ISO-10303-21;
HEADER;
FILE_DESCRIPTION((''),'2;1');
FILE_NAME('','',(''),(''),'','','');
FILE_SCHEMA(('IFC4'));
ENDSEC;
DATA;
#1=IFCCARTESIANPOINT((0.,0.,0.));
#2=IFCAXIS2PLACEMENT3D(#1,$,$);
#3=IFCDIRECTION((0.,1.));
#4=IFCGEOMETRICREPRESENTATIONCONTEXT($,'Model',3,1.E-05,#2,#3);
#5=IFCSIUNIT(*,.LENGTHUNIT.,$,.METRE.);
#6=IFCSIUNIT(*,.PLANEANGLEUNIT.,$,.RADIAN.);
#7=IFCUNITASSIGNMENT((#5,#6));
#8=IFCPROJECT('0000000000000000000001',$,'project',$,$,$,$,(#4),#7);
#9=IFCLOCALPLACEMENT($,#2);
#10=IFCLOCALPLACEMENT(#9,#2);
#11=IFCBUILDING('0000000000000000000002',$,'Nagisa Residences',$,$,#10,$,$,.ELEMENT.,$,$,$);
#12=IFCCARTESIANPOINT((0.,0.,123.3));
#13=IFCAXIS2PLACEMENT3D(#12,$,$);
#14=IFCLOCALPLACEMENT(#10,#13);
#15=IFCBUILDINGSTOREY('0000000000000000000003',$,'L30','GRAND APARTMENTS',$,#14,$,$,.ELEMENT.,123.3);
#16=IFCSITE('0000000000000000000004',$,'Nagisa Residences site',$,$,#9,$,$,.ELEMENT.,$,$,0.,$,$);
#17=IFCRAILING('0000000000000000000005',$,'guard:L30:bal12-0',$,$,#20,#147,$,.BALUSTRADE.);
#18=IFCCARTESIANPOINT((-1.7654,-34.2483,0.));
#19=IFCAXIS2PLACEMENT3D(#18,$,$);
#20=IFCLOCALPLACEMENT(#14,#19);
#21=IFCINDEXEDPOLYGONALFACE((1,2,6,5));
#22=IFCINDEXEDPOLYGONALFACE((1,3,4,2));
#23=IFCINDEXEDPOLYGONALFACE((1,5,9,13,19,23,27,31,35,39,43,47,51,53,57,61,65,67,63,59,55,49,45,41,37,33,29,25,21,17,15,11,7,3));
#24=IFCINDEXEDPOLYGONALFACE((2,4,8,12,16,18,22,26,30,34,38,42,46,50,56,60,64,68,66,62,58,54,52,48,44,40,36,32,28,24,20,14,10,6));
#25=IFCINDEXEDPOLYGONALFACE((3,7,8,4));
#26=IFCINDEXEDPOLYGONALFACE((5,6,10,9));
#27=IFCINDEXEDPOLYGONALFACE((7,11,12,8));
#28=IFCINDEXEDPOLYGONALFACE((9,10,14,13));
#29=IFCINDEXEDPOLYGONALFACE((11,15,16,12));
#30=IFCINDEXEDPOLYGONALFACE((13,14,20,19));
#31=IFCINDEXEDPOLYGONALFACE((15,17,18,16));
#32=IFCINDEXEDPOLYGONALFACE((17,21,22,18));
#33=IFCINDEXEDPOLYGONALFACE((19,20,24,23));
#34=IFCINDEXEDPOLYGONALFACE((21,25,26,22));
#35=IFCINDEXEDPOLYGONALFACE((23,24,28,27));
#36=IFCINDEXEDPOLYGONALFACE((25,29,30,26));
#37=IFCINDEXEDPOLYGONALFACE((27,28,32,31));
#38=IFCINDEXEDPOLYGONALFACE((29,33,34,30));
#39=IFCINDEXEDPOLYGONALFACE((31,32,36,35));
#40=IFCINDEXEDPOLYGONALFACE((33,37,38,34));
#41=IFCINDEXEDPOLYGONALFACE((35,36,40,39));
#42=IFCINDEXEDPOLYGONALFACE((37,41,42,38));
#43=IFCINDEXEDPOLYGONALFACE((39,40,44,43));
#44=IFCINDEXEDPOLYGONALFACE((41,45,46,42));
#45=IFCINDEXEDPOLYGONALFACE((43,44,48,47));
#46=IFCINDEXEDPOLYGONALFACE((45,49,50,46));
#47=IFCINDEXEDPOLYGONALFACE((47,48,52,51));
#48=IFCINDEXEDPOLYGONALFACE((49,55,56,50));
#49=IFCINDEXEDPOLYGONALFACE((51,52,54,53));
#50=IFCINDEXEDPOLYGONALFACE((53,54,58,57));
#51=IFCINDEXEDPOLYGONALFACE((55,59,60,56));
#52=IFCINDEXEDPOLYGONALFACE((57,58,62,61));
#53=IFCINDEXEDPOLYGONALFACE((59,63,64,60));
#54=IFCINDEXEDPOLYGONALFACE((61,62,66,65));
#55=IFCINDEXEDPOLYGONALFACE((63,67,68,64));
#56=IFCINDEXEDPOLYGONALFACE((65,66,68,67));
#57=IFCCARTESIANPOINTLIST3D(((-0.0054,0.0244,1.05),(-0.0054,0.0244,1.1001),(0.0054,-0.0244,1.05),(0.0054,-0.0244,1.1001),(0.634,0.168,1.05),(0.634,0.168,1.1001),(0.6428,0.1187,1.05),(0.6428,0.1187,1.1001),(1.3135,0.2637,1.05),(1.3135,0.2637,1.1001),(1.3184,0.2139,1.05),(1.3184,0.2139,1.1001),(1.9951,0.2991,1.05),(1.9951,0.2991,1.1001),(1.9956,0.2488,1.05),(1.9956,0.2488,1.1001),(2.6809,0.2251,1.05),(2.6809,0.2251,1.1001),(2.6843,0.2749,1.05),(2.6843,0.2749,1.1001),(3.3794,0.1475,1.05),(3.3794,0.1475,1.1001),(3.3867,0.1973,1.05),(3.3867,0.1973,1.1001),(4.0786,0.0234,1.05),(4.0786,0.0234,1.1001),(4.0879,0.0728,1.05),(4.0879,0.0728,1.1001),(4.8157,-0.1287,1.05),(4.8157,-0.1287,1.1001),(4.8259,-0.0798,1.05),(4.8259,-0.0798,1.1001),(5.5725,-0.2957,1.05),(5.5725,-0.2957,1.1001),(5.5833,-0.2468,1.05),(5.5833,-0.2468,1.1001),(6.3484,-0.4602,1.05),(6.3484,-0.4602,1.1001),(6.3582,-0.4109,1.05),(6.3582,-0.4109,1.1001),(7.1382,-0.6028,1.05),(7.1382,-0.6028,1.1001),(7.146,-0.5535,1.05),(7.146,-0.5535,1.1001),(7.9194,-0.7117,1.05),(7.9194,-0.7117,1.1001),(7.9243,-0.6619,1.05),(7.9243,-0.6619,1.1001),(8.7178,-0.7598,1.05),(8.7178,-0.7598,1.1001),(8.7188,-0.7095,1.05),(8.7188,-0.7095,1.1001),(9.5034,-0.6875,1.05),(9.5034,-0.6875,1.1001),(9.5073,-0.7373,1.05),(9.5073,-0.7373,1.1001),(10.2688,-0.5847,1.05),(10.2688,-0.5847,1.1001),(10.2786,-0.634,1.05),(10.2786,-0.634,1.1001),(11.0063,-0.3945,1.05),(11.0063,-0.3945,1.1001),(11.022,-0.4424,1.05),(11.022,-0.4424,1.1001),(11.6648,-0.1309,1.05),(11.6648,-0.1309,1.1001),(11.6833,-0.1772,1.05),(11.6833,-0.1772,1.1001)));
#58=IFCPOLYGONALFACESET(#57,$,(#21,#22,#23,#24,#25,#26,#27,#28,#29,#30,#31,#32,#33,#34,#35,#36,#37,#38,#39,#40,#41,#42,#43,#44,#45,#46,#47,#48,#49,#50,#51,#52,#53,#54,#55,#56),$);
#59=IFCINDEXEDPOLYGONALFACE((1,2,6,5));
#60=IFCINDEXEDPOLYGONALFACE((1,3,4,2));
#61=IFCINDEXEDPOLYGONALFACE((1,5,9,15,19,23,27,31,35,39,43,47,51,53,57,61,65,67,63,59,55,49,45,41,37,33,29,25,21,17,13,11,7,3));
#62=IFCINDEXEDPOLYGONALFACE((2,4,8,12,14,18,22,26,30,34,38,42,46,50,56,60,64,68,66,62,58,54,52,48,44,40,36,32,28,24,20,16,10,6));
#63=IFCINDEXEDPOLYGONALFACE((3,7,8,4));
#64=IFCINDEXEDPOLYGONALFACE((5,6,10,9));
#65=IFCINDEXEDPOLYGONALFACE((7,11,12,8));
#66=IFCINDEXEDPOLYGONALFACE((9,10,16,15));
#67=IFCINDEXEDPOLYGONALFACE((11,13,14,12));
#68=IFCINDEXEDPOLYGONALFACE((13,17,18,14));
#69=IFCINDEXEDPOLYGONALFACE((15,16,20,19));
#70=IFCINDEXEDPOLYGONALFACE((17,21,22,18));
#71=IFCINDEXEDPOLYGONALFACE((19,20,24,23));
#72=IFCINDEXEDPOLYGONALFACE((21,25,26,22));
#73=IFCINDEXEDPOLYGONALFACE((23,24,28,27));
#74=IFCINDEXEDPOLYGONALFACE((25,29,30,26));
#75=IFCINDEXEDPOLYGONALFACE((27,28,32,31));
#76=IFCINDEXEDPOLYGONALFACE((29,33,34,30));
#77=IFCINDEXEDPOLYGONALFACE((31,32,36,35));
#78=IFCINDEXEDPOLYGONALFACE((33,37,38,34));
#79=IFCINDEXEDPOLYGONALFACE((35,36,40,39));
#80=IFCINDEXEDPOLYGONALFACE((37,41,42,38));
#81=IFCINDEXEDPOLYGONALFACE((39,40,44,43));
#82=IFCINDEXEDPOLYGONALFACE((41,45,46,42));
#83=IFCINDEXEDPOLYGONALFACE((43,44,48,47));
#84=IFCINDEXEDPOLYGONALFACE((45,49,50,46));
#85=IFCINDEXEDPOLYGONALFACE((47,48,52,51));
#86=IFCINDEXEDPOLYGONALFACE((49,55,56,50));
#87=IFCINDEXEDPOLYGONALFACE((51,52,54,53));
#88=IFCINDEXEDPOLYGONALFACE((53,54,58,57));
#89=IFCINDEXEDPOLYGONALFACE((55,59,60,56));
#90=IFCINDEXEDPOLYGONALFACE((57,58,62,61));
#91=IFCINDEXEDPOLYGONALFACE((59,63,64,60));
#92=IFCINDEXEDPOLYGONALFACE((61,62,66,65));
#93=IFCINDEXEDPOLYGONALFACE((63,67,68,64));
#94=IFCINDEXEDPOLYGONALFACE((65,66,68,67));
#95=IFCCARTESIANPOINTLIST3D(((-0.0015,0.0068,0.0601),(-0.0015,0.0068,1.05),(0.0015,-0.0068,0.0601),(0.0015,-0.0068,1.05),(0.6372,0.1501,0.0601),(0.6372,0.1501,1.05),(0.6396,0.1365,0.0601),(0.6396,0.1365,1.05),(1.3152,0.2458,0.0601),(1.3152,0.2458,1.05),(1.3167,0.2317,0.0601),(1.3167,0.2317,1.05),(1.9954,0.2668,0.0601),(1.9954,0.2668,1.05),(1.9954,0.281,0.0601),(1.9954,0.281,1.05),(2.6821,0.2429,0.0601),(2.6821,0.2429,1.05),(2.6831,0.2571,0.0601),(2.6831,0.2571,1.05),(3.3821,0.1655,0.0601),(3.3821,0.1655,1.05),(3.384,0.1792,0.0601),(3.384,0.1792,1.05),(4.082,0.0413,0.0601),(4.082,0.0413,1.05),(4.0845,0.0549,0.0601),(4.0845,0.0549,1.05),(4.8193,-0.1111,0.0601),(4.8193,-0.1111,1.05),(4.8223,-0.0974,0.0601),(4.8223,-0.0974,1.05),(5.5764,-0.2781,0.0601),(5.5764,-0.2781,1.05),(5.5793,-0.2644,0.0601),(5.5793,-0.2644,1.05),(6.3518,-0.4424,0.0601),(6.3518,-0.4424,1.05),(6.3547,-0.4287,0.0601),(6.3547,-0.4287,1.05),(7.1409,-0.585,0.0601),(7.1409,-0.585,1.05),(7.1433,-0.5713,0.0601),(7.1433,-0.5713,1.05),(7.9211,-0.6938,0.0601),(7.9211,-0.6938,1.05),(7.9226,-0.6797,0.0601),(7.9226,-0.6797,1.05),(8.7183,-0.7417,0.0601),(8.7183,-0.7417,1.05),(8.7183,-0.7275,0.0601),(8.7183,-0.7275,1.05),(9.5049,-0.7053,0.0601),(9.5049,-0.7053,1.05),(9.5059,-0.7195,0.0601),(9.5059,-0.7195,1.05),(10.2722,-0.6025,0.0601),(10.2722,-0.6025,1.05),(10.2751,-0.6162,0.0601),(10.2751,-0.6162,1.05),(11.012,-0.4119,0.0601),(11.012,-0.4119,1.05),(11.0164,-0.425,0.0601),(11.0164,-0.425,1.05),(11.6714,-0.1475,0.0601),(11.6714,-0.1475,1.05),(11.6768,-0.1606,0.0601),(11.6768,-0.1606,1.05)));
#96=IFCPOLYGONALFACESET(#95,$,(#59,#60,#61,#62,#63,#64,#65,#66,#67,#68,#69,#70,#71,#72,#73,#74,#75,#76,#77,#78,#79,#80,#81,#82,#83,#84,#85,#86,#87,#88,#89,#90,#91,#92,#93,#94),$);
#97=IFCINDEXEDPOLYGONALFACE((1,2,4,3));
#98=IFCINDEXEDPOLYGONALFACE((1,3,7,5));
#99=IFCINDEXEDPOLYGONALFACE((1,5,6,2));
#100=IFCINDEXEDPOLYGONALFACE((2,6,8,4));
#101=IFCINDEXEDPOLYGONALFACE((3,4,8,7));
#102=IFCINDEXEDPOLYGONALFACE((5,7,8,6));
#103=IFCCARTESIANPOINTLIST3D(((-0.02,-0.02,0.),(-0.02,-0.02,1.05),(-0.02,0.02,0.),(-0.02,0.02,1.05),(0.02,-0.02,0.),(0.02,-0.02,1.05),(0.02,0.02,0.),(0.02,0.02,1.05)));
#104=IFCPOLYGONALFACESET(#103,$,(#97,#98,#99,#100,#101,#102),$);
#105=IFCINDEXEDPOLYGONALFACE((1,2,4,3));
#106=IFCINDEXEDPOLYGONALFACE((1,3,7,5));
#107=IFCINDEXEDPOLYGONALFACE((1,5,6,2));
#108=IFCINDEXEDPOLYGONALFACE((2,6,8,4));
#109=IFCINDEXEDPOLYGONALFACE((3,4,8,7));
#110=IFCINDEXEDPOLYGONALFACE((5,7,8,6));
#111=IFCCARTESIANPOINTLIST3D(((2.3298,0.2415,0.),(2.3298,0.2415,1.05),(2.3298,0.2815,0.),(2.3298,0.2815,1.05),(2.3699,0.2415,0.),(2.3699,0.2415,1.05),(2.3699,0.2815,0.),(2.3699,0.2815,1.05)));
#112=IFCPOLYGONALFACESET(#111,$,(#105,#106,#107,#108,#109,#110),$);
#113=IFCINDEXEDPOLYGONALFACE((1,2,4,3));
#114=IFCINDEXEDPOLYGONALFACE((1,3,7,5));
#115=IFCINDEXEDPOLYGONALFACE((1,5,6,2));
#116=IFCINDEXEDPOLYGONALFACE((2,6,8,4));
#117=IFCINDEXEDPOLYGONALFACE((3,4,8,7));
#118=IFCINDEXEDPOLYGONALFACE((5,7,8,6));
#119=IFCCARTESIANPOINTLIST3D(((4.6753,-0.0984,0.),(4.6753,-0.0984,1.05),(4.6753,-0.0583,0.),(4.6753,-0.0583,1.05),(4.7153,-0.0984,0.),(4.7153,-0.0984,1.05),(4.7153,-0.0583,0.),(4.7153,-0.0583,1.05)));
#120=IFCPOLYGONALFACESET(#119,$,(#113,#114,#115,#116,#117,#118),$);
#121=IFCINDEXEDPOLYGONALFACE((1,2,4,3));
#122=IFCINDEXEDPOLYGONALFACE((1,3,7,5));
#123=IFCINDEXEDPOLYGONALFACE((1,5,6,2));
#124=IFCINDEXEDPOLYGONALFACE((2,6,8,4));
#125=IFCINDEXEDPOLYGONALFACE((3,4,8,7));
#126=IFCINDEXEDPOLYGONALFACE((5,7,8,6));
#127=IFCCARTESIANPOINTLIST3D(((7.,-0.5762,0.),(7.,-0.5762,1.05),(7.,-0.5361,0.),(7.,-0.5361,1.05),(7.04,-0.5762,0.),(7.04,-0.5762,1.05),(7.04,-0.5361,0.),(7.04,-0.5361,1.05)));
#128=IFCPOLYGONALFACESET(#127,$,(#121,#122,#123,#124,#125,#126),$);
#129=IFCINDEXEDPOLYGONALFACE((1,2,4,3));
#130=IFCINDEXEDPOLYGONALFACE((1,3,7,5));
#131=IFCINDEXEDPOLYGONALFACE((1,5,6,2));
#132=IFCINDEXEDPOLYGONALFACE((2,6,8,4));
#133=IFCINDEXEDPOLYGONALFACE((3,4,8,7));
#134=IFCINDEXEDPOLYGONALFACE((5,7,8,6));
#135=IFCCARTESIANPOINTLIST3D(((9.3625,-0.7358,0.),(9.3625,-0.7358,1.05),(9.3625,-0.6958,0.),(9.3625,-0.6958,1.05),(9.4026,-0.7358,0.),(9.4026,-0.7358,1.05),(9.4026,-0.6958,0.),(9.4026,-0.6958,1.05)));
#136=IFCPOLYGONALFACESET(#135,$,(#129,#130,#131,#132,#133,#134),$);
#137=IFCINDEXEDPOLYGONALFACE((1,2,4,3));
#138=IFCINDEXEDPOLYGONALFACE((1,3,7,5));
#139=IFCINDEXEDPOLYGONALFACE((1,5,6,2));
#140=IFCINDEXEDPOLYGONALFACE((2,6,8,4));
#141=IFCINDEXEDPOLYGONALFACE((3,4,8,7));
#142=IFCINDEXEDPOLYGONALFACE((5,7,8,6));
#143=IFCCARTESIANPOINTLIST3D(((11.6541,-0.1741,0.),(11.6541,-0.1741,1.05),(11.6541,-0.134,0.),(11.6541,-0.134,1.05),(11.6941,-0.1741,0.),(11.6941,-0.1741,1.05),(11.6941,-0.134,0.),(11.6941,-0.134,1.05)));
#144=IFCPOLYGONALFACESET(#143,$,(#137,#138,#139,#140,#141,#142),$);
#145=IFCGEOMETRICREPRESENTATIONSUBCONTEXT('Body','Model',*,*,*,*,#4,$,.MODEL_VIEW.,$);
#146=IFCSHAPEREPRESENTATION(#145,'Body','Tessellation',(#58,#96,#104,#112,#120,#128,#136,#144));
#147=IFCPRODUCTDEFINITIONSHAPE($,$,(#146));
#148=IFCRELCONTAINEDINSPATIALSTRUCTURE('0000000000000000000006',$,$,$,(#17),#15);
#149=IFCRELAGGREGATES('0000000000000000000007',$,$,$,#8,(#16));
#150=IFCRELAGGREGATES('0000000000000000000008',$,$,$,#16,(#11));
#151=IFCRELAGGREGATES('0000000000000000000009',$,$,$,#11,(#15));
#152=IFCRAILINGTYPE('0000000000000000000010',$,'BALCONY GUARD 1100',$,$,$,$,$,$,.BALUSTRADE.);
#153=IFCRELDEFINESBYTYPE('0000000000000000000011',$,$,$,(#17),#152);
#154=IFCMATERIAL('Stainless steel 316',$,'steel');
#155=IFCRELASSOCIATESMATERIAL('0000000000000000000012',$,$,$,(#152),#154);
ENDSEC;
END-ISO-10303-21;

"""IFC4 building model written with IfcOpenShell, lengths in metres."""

from ifc_helpers import new_model, si_unit, direction, frame, origin, origin_2d, place, context, subcontext, project, spatial, polyline, rectangle, outline, extrude, material, type_object, element, save


model = new_model("IFC4")

# Units and contexts
model_context = context("Model", 3, precision=1e-05, world=origin(), true_north=direction((0.0, 1.0)))
body_context = subcontext(model_context, "Body", "Model", "MODEL_VIEW")
ifc_project = project(units=[si_unit("LENGTHUNIT", "METRE"), si_unit("PLANEANGLEUNIT", "RADIAN")], contexts=[model_context])

# Site, building, storey
site_placement = place(None, origin())
site = spatial("IfcSite", under=ifc_project, at=site_placement, Name="Nagisa Residences site", CompositionType="ELEMENT", RefElevation=0.0)
building_placement = place(site_placement, origin())
building = spatial("IfcBuilding", under=site, at=building_placement, Name="Nagisa Residences", CompositionType="ELEMENT")
storey_placement = place(building_placement, frame((0.0, 0.0, 123.3)))
storey = spatial("IfcBuildingStorey", under=building, at=storey_placement, Name="L30", Description="GRAND APARTMENTS", CompositionType="ELEMENT", Elevation=123.3)

# Railing
ifc_material_1 = material(Name="Stainless steel 316", Category="steel")
railing_type = type_object("IfcRailingType", Name="BALCONY GUARD 1100", PredefinedType="BALUSTRADE", material=ifc_material_1)
railing_placement = place(storey_placement, frame((-1.7654, -34.2483, 0.0)))
element("IfcRailing", 1, at=railing_placement, inside=storey, type_object=railing_type, Name="guard:L30:bal12-0", PredefinedType="BALUSTRADE", context=body_context, shape_type="SweptSolid", body=[
    extrude(outline(polyline([(0.634, 0.168), (-0.0054, 0.0244), (0.0054, -0.0244), (0.6428, 0.1187), (1.3184, 0.2139), (1.9956, 0.2488), (2.6809, 0.2251), (3.3794, 0.1475), (4.0786, 0.0234), (4.8157, -0.1287), (5.5725, -0.2957), (6.3484, -0.4602), (7.1382, -0.6028), (7.9194, -0.7117), (8.7178, -0.7598), (9.5073, -0.7373), (10.2786, -0.634), (11.022, -0.4424), (11.6833, -0.1772), (11.6648, -0.1309), (11.0063, -0.3945), (10.2688, -0.5847), (9.5034, -0.6875), (8.7188, -0.7095), (7.9243, -0.6619), (7.146, -0.5535), (6.3582, -0.4109), (5.5833, -0.2468), (4.8259, -0.0798), (4.0879, 0.0728), (3.3867, 0.1973), (2.6843, 0.2749), (1.9951, 0.2991), (1.3135, 0.2637), (0.634, 0.168)])), frame((0.0, 0.0, 1.05)), (0.0, 0.0, 1.0), 0.05),
    extrude(outline(polyline([(0.6372, 0.1501), (-0.0015, 0.0068), (0.0015, -0.0068), (0.6396, 0.1365), (1.3167, 0.2317), (1.9954, 0.2668), (2.6821, 0.2429), (3.3821, 0.1655), (4.082, 0.0413), (4.8193, -0.1111), (5.5764, -0.2781), (6.3518, -0.4424), (7.1409, -0.585), (7.9211, -0.6938), (8.7183, -0.7417), (9.5059, -0.7195), (10.2751, -0.6162), (11.0164, -0.425), (11.6768, -0.1606), (11.6714, -0.1475), (11.012, -0.4119), (10.2722, -0.6025), (9.5049, -0.7053), (8.7183, -0.7275), (7.9226, -0.6797), (7.1433, -0.5713), (6.3547, -0.4287), (5.5793, -0.2644), (4.8223, -0.0974), (4.0845, 0.0549), (3.384, 0.1792), (2.6831, 0.2571), (1.9954, 0.281), (1.3152, 0.2458), (0.6372, 0.1501)])), frame((0.0, 0.0, 0.0601)), (0.0, 0.0, 1.0), 0.99),
    extrude(rectangle(XDim=0.04, YDim=0.04, at=origin_2d()), origin(), (0.0, 0.0, 1.0), 1.05),
    extrude(rectangle(XDim=0.04, YDim=0.04, at=origin_2d()), frame((2.3499, 0.2615, 0.0)), (0.0, 0.0, 1.0), 1.05),
    extrude(rectangle(XDim=0.04, YDim=0.04, at=origin_2d()), frame((4.6953, -0.0784, 0.0)), (0.0, 0.0, 1.0), 1.05),
    extrude(rectangle(XDim=0.04, YDim=0.04, at=origin_2d()), frame((7.02, -0.5562, 0.0)), (0.0, 0.0, 1.0), 1.05),
    extrude(rectangle(XDim=0.04, YDim=0.04, at=origin_2d()), frame((9.3826, -0.7158, 0.0)), (0.0, 0.0, 1.0), 1.05),
    extrude(rectangle(XDim=0.04, YDim=0.04, at=origin_2d()), frame((11.6741, -0.1541, 0.0)), (0.0, 0.0, 1.0), 1.05),
])

save(model, "model.ifc")
